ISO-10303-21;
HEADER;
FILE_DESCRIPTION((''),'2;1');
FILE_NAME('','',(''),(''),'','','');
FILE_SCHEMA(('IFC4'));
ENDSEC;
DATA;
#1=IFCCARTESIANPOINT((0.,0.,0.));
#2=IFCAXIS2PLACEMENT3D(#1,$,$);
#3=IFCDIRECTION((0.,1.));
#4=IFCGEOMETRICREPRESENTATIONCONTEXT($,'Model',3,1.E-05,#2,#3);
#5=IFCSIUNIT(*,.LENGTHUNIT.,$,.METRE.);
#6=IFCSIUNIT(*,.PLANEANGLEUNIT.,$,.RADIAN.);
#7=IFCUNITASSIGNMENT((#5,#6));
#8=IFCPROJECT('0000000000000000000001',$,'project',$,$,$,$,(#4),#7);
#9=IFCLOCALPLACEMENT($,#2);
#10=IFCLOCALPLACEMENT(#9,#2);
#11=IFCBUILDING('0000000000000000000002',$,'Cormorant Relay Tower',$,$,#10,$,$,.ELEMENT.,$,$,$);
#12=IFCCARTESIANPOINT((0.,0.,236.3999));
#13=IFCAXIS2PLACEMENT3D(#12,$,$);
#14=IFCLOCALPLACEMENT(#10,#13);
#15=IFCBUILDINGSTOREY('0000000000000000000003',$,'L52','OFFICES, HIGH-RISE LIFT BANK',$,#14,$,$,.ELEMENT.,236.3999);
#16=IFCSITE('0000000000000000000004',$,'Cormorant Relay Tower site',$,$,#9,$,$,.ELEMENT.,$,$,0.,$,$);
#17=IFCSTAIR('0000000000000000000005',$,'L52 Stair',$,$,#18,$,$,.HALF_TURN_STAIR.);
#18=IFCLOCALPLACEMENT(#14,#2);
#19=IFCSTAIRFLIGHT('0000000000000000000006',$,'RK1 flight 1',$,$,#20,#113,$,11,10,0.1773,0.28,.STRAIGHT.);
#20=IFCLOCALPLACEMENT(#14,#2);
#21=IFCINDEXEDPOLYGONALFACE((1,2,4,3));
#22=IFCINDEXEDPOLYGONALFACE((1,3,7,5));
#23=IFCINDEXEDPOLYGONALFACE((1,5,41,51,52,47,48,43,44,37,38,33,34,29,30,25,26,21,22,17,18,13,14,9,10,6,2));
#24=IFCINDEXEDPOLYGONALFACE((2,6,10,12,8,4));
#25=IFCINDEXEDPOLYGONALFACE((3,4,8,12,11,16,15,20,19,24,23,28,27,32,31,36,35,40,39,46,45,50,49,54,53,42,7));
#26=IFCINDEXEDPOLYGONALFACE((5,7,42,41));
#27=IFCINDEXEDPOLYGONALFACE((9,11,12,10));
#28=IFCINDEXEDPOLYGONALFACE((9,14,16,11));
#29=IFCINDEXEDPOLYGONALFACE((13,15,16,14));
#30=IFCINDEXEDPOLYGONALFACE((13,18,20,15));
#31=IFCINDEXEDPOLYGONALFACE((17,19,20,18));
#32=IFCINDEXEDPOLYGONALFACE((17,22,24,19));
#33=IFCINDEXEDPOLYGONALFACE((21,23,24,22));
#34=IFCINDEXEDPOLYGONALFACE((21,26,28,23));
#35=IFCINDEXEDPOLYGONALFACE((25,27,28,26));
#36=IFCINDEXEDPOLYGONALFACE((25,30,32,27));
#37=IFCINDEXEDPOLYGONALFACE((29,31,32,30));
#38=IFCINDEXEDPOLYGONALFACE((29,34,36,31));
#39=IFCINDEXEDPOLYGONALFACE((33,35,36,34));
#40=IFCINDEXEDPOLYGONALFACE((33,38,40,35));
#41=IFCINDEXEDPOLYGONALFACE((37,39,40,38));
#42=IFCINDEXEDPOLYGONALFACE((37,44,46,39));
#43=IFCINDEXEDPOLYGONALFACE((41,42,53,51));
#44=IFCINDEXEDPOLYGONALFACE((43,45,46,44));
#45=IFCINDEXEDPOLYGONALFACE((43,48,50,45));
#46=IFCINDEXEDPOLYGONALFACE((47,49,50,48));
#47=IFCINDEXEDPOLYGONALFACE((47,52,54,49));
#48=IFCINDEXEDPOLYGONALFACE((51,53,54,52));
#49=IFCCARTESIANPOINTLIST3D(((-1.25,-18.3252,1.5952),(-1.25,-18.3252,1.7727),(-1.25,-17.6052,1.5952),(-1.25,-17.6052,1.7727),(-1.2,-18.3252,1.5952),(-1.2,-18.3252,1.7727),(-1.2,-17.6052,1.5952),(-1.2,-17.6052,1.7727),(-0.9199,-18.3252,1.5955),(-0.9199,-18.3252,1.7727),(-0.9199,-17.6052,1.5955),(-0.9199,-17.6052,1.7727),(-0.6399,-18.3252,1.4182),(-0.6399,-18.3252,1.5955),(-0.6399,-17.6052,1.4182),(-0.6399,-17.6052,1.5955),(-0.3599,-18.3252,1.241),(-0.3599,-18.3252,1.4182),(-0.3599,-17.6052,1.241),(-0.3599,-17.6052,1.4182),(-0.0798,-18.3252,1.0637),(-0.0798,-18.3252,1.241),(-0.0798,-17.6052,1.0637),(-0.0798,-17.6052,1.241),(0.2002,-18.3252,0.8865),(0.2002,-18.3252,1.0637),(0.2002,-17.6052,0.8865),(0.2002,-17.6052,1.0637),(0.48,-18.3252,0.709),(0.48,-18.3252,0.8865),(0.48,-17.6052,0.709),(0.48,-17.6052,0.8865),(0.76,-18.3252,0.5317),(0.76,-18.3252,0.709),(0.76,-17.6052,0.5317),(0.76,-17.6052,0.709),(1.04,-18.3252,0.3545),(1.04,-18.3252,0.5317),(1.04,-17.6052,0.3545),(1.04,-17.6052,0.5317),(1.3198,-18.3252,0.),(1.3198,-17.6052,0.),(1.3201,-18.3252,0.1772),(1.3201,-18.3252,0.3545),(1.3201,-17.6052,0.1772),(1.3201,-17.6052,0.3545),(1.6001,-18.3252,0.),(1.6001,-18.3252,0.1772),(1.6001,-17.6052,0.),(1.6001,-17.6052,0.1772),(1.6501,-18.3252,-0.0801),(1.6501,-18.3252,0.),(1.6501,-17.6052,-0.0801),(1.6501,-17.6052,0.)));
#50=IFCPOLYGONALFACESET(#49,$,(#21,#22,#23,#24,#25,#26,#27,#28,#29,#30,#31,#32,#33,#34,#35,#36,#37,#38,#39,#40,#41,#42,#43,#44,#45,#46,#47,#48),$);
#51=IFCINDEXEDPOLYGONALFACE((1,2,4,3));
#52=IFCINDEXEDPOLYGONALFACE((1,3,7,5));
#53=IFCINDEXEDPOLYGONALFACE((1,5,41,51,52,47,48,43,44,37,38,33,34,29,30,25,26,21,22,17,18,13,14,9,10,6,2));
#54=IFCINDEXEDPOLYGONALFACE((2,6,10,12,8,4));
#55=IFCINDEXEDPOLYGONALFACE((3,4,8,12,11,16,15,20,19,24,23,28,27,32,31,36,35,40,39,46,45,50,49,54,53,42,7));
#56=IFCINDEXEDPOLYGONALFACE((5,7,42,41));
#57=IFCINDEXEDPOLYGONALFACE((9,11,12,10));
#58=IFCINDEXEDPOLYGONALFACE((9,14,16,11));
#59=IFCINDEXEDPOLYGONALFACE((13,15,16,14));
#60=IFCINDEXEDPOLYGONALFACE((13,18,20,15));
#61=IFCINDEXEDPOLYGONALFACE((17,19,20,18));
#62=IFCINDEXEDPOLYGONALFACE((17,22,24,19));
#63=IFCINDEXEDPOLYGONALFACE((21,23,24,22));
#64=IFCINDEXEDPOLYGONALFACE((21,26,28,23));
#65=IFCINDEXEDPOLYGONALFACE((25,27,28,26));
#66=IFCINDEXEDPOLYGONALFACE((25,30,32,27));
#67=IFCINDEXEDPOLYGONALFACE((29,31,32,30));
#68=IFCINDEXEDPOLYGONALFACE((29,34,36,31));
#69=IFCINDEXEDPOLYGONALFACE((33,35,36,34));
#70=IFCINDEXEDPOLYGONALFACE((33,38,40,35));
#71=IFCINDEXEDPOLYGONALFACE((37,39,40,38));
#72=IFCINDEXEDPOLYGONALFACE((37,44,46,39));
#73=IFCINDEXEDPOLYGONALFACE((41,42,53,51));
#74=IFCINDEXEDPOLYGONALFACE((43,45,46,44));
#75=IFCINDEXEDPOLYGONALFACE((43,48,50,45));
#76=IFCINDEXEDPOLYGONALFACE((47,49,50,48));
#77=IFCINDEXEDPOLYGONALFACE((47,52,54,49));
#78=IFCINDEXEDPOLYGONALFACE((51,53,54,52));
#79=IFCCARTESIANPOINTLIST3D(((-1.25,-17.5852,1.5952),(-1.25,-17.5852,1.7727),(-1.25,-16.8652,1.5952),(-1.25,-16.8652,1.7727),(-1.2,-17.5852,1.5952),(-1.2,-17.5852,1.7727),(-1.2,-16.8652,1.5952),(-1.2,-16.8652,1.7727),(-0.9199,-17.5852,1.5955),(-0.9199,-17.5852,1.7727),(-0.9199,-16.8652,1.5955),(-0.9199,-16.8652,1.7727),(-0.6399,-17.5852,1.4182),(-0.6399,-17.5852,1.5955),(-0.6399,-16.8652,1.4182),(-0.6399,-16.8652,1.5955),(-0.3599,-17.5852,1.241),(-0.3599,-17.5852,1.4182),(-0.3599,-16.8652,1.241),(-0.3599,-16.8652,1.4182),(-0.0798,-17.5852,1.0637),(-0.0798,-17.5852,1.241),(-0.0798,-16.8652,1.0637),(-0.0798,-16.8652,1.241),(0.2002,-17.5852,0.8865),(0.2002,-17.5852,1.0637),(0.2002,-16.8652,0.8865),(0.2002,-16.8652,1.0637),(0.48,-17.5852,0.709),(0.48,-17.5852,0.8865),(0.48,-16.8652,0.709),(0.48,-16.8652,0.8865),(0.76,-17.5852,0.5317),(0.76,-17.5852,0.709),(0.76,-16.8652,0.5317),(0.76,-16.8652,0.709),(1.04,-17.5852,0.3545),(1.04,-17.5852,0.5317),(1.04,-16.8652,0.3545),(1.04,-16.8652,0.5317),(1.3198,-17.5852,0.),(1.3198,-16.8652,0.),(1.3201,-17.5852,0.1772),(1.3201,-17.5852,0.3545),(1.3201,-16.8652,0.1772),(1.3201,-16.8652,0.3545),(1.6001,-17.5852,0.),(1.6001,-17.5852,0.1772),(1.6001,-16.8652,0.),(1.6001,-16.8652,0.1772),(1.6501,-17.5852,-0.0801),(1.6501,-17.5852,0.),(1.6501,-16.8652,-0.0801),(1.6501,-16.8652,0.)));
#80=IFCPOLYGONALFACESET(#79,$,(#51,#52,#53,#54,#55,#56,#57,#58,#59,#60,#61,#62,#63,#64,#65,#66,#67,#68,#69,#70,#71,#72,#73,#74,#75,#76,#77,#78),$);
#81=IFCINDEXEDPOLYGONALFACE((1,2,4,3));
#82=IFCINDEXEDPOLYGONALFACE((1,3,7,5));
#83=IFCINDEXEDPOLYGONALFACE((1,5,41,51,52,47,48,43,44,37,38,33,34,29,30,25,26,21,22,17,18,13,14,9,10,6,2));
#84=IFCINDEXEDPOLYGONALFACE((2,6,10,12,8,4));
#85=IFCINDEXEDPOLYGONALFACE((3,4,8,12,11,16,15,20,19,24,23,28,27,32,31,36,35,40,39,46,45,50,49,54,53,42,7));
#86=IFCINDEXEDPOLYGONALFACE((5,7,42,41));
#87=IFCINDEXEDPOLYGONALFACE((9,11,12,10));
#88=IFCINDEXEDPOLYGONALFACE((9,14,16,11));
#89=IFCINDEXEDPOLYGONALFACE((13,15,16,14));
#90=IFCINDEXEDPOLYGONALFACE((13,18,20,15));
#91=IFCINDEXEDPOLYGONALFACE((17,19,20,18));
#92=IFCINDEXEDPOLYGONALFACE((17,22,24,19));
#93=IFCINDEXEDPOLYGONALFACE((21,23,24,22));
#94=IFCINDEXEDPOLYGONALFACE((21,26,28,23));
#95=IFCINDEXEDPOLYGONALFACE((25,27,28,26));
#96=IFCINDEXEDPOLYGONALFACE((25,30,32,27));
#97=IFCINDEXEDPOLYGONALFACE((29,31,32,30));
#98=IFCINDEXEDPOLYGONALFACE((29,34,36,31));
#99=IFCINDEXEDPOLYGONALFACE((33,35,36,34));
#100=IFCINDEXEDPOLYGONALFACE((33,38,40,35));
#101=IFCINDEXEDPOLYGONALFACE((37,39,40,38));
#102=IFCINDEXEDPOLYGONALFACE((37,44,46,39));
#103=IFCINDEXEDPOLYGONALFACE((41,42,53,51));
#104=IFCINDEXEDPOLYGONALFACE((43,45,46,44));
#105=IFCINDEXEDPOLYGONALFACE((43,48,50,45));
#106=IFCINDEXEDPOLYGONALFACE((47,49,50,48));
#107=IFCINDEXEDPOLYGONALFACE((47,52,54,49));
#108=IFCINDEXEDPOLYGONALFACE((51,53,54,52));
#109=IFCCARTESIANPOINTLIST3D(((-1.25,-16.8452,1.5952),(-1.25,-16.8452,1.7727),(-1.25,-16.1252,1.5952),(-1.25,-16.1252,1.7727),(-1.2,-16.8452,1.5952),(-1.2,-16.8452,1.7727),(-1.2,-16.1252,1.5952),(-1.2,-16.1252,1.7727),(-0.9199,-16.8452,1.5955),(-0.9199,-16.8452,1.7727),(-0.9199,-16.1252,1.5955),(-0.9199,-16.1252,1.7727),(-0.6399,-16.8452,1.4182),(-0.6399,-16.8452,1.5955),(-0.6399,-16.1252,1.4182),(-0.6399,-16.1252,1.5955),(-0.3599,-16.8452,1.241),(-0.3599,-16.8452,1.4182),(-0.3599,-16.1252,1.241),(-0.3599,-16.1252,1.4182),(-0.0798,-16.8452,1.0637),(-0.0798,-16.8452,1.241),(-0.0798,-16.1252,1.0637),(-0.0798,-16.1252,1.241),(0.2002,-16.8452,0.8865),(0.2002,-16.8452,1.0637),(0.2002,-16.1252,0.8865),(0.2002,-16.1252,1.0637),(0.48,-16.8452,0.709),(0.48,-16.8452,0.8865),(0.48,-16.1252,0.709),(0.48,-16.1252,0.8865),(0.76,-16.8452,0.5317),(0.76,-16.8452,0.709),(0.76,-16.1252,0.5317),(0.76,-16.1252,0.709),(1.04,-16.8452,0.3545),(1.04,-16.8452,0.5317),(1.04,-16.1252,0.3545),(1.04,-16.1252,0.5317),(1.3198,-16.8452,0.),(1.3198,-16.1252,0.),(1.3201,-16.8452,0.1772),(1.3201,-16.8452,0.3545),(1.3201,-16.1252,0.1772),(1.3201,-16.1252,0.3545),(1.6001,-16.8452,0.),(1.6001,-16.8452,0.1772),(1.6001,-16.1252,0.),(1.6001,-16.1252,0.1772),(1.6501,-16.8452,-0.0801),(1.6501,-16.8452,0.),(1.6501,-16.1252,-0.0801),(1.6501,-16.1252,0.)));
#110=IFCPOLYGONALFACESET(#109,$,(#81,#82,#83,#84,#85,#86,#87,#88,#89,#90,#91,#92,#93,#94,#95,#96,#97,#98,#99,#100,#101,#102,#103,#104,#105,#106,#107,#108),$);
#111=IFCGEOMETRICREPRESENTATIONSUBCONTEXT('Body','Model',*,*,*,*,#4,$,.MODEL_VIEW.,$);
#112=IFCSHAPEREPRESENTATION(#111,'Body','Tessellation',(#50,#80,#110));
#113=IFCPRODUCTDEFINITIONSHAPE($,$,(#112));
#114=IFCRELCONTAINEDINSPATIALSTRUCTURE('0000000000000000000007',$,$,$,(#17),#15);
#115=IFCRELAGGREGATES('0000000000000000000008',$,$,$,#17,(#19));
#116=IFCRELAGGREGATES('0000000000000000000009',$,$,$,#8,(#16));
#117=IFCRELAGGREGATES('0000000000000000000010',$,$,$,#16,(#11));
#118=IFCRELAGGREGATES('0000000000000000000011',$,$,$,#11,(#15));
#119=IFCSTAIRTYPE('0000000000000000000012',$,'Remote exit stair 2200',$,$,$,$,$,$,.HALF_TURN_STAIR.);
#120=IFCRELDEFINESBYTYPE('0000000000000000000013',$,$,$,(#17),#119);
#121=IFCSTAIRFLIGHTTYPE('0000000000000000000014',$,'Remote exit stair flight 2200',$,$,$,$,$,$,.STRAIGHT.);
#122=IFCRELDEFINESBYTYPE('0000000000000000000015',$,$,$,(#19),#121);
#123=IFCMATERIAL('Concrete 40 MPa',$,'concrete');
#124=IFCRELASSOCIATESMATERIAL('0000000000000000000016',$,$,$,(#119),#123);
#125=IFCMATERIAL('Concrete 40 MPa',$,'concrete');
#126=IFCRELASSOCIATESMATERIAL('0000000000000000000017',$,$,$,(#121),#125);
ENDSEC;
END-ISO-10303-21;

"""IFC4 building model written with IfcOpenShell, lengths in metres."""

from ifc_helpers import new_model, si_unit, direction, frame, origin, place, context, subcontext, project, spatial, polyline, outline, extrude, material, type_object, element, aggregate, save


model = new_model("IFC4")

# Units and contexts
model_context = context("Model", 3, precision=1e-05, world=origin(), true_north=direction((0.0, 1.0)))
body_context = subcontext(model_context, "Body", "Model", "MODEL_VIEW")
ifc_project = project(units=[si_unit("LENGTHUNIT", "METRE"), si_unit("PLANEANGLEUNIT", "RADIAN")], contexts=[model_context])

# Site, building, storey
site_placement = place(None, origin())
site = spatial("IfcSite", under=ifc_project, at=site_placement, Name="Cormorant Relay Tower site", CompositionType="ELEMENT", RefElevation=0.0)
building_placement = place(site_placement, origin())
building = spatial("IfcBuilding", under=site, at=building_placement, Name="Cormorant Relay Tower", CompositionType="ELEMENT")
storey_placement = place(building_placement, frame((0.0, 0.0, 236.3999)))
storey = spatial("IfcBuildingStorey", under=building, at=storey_placement, Name="L52", Description="OFFICES, HIGH-RISE LIFT BANK", CompositionType="ELEMENT", Elevation=236.3999)

# Stair, stair flight
ifc_material_1 = material(Name="Concrete 40 MPa", Category="concrete")
stair_type = type_object("IfcStairType", Name="Remote exit stair 2200", PredefinedType="HALF_TURN_STAIR", material=ifc_material_1)
stair_placement = place(storey_placement, origin())
stair = element("IfcStair", 1, at=stair_placement, inside=storey, type_object=stair_type, Name="L52 Stair", PredefinedType="HALF_TURN_STAIR")
ifc_material_2 = material(Name="Concrete 40 MPa", Category="concrete")
stair_flight_type = type_object("IfcStairFlightType", Name="Remote exit stair flight 2200", PredefinedType="STRAIGHT", material=ifc_material_2)
stair_flight_1_placement = place(storey_placement, frame((1.6001, -17.2251, 0.0), z_axis=(0.0, 0.0, 1.0), x_axis=(-1.0, 0.0, 0.0)))
stair_flight_1 = element("IfcStairFlight", 2, at=stair_flight_1_placement, type_object=stair_flight_type, Name="RK1 flight 1", NumberOfRisers=11, NumberOfTreads=10, PredefinedType="STRAIGHT", RiserHeight=0.1773, TreadLength=0.28, context=body_context, shape_type="SweptSolid", body=[
    extrude(outline(polyline([(-0.05, -0.0801), (-0.05, 0.0), (0.0, 0.0), (0.0, 0.1772), (0.28, 0.1772), (0.28, 0.3545), (0.5601, 0.3545), (0.5601, 0.5317), (0.8401, 0.5317), (0.8401, 0.709), (1.1201, 0.709), (1.1201, 0.8865), (1.3999, 0.8865), (1.3999, 1.0637), (1.6799, 1.0637), (1.6799, 1.241), (1.96, 1.241), (1.96, 1.4182), (2.24, 1.4182), (2.24, 1.5955), (2.52, 1.5955), (2.52, 1.7727), (2.8, 1.7727), (2.8501, 1.7727), (2.8501, 1.5952), (2.8, 1.5952), (0.2803, 0.0), (-0.05, -0.0801)])), frame((0.0, 1.1001, 0.0), z_axis=(0.0, -1.0, 0.0), x_axis=(1.0, 0.0, 0.0)), (0.0, 0.0, 1.0), 0.72),
    extrude(outline(polyline([(-0.05, -0.0801), (-0.05, 0.0), (0.0, 0.0), (0.0, 0.1772), (0.28, 0.1772), (0.28, 0.3545), (0.5601, 0.3545), (0.5601, 0.5317), (0.8401, 0.5317), (0.8401, 0.709), (1.1201, 0.709), (1.1201, 0.8865), (1.3999, 0.8865), (1.3999, 1.0637), (1.6799, 1.0637), (1.6799, 1.241), (1.96, 1.241), (1.96, 1.4182), (2.24, 1.4182), (2.24, 1.5955), (2.52, 1.5955), (2.52, 1.7727), (2.8, 1.7727), (2.8501, 1.7727), (2.8501, 1.5952), (2.8, 1.5952), (0.2803, 0.0), (-0.05, -0.0801)])), frame((0.0, 0.3601, 0.0), z_axis=(0.0, -1.0, 0.0), x_axis=(1.0, 0.0, 0.0)), (0.0, 0.0, 1.0), 0.72),
    extrude(outline(polyline([(-0.05, -0.0801), (-0.05, 0.0), (0.0, 0.0), (0.0, 0.1772), (0.28, 0.1772), (0.28, 0.3545), (0.5601, 0.3545), (0.5601, 0.5317), (0.8401, 0.5317), (0.8401, 0.709), (1.1201, 0.709), (1.1201, 0.8865), (1.3999, 0.8865), (1.3999, 1.0637), (1.6799, 1.0637), (1.6799, 1.241), (1.96, 1.241), (1.96, 1.4182), (2.24, 1.4182), (2.24, 1.5955), (2.52, 1.5955), (2.52, 1.7727), (2.8, 1.7727), (2.8501, 1.7727), (2.8501, 1.5952), (2.8, 1.5952), (0.2803, 0.0), (-0.05, -0.0801)])), frame((0.0, -0.3799, 0.0), z_axis=(0.0, -1.0, 0.0), x_axis=(1.0, 0.0, 0.0)), (0.0, 0.0, 1.0), 0.72),
])
aggregate(stair, [stair_flight_1])

save(model, "model.ifc")
